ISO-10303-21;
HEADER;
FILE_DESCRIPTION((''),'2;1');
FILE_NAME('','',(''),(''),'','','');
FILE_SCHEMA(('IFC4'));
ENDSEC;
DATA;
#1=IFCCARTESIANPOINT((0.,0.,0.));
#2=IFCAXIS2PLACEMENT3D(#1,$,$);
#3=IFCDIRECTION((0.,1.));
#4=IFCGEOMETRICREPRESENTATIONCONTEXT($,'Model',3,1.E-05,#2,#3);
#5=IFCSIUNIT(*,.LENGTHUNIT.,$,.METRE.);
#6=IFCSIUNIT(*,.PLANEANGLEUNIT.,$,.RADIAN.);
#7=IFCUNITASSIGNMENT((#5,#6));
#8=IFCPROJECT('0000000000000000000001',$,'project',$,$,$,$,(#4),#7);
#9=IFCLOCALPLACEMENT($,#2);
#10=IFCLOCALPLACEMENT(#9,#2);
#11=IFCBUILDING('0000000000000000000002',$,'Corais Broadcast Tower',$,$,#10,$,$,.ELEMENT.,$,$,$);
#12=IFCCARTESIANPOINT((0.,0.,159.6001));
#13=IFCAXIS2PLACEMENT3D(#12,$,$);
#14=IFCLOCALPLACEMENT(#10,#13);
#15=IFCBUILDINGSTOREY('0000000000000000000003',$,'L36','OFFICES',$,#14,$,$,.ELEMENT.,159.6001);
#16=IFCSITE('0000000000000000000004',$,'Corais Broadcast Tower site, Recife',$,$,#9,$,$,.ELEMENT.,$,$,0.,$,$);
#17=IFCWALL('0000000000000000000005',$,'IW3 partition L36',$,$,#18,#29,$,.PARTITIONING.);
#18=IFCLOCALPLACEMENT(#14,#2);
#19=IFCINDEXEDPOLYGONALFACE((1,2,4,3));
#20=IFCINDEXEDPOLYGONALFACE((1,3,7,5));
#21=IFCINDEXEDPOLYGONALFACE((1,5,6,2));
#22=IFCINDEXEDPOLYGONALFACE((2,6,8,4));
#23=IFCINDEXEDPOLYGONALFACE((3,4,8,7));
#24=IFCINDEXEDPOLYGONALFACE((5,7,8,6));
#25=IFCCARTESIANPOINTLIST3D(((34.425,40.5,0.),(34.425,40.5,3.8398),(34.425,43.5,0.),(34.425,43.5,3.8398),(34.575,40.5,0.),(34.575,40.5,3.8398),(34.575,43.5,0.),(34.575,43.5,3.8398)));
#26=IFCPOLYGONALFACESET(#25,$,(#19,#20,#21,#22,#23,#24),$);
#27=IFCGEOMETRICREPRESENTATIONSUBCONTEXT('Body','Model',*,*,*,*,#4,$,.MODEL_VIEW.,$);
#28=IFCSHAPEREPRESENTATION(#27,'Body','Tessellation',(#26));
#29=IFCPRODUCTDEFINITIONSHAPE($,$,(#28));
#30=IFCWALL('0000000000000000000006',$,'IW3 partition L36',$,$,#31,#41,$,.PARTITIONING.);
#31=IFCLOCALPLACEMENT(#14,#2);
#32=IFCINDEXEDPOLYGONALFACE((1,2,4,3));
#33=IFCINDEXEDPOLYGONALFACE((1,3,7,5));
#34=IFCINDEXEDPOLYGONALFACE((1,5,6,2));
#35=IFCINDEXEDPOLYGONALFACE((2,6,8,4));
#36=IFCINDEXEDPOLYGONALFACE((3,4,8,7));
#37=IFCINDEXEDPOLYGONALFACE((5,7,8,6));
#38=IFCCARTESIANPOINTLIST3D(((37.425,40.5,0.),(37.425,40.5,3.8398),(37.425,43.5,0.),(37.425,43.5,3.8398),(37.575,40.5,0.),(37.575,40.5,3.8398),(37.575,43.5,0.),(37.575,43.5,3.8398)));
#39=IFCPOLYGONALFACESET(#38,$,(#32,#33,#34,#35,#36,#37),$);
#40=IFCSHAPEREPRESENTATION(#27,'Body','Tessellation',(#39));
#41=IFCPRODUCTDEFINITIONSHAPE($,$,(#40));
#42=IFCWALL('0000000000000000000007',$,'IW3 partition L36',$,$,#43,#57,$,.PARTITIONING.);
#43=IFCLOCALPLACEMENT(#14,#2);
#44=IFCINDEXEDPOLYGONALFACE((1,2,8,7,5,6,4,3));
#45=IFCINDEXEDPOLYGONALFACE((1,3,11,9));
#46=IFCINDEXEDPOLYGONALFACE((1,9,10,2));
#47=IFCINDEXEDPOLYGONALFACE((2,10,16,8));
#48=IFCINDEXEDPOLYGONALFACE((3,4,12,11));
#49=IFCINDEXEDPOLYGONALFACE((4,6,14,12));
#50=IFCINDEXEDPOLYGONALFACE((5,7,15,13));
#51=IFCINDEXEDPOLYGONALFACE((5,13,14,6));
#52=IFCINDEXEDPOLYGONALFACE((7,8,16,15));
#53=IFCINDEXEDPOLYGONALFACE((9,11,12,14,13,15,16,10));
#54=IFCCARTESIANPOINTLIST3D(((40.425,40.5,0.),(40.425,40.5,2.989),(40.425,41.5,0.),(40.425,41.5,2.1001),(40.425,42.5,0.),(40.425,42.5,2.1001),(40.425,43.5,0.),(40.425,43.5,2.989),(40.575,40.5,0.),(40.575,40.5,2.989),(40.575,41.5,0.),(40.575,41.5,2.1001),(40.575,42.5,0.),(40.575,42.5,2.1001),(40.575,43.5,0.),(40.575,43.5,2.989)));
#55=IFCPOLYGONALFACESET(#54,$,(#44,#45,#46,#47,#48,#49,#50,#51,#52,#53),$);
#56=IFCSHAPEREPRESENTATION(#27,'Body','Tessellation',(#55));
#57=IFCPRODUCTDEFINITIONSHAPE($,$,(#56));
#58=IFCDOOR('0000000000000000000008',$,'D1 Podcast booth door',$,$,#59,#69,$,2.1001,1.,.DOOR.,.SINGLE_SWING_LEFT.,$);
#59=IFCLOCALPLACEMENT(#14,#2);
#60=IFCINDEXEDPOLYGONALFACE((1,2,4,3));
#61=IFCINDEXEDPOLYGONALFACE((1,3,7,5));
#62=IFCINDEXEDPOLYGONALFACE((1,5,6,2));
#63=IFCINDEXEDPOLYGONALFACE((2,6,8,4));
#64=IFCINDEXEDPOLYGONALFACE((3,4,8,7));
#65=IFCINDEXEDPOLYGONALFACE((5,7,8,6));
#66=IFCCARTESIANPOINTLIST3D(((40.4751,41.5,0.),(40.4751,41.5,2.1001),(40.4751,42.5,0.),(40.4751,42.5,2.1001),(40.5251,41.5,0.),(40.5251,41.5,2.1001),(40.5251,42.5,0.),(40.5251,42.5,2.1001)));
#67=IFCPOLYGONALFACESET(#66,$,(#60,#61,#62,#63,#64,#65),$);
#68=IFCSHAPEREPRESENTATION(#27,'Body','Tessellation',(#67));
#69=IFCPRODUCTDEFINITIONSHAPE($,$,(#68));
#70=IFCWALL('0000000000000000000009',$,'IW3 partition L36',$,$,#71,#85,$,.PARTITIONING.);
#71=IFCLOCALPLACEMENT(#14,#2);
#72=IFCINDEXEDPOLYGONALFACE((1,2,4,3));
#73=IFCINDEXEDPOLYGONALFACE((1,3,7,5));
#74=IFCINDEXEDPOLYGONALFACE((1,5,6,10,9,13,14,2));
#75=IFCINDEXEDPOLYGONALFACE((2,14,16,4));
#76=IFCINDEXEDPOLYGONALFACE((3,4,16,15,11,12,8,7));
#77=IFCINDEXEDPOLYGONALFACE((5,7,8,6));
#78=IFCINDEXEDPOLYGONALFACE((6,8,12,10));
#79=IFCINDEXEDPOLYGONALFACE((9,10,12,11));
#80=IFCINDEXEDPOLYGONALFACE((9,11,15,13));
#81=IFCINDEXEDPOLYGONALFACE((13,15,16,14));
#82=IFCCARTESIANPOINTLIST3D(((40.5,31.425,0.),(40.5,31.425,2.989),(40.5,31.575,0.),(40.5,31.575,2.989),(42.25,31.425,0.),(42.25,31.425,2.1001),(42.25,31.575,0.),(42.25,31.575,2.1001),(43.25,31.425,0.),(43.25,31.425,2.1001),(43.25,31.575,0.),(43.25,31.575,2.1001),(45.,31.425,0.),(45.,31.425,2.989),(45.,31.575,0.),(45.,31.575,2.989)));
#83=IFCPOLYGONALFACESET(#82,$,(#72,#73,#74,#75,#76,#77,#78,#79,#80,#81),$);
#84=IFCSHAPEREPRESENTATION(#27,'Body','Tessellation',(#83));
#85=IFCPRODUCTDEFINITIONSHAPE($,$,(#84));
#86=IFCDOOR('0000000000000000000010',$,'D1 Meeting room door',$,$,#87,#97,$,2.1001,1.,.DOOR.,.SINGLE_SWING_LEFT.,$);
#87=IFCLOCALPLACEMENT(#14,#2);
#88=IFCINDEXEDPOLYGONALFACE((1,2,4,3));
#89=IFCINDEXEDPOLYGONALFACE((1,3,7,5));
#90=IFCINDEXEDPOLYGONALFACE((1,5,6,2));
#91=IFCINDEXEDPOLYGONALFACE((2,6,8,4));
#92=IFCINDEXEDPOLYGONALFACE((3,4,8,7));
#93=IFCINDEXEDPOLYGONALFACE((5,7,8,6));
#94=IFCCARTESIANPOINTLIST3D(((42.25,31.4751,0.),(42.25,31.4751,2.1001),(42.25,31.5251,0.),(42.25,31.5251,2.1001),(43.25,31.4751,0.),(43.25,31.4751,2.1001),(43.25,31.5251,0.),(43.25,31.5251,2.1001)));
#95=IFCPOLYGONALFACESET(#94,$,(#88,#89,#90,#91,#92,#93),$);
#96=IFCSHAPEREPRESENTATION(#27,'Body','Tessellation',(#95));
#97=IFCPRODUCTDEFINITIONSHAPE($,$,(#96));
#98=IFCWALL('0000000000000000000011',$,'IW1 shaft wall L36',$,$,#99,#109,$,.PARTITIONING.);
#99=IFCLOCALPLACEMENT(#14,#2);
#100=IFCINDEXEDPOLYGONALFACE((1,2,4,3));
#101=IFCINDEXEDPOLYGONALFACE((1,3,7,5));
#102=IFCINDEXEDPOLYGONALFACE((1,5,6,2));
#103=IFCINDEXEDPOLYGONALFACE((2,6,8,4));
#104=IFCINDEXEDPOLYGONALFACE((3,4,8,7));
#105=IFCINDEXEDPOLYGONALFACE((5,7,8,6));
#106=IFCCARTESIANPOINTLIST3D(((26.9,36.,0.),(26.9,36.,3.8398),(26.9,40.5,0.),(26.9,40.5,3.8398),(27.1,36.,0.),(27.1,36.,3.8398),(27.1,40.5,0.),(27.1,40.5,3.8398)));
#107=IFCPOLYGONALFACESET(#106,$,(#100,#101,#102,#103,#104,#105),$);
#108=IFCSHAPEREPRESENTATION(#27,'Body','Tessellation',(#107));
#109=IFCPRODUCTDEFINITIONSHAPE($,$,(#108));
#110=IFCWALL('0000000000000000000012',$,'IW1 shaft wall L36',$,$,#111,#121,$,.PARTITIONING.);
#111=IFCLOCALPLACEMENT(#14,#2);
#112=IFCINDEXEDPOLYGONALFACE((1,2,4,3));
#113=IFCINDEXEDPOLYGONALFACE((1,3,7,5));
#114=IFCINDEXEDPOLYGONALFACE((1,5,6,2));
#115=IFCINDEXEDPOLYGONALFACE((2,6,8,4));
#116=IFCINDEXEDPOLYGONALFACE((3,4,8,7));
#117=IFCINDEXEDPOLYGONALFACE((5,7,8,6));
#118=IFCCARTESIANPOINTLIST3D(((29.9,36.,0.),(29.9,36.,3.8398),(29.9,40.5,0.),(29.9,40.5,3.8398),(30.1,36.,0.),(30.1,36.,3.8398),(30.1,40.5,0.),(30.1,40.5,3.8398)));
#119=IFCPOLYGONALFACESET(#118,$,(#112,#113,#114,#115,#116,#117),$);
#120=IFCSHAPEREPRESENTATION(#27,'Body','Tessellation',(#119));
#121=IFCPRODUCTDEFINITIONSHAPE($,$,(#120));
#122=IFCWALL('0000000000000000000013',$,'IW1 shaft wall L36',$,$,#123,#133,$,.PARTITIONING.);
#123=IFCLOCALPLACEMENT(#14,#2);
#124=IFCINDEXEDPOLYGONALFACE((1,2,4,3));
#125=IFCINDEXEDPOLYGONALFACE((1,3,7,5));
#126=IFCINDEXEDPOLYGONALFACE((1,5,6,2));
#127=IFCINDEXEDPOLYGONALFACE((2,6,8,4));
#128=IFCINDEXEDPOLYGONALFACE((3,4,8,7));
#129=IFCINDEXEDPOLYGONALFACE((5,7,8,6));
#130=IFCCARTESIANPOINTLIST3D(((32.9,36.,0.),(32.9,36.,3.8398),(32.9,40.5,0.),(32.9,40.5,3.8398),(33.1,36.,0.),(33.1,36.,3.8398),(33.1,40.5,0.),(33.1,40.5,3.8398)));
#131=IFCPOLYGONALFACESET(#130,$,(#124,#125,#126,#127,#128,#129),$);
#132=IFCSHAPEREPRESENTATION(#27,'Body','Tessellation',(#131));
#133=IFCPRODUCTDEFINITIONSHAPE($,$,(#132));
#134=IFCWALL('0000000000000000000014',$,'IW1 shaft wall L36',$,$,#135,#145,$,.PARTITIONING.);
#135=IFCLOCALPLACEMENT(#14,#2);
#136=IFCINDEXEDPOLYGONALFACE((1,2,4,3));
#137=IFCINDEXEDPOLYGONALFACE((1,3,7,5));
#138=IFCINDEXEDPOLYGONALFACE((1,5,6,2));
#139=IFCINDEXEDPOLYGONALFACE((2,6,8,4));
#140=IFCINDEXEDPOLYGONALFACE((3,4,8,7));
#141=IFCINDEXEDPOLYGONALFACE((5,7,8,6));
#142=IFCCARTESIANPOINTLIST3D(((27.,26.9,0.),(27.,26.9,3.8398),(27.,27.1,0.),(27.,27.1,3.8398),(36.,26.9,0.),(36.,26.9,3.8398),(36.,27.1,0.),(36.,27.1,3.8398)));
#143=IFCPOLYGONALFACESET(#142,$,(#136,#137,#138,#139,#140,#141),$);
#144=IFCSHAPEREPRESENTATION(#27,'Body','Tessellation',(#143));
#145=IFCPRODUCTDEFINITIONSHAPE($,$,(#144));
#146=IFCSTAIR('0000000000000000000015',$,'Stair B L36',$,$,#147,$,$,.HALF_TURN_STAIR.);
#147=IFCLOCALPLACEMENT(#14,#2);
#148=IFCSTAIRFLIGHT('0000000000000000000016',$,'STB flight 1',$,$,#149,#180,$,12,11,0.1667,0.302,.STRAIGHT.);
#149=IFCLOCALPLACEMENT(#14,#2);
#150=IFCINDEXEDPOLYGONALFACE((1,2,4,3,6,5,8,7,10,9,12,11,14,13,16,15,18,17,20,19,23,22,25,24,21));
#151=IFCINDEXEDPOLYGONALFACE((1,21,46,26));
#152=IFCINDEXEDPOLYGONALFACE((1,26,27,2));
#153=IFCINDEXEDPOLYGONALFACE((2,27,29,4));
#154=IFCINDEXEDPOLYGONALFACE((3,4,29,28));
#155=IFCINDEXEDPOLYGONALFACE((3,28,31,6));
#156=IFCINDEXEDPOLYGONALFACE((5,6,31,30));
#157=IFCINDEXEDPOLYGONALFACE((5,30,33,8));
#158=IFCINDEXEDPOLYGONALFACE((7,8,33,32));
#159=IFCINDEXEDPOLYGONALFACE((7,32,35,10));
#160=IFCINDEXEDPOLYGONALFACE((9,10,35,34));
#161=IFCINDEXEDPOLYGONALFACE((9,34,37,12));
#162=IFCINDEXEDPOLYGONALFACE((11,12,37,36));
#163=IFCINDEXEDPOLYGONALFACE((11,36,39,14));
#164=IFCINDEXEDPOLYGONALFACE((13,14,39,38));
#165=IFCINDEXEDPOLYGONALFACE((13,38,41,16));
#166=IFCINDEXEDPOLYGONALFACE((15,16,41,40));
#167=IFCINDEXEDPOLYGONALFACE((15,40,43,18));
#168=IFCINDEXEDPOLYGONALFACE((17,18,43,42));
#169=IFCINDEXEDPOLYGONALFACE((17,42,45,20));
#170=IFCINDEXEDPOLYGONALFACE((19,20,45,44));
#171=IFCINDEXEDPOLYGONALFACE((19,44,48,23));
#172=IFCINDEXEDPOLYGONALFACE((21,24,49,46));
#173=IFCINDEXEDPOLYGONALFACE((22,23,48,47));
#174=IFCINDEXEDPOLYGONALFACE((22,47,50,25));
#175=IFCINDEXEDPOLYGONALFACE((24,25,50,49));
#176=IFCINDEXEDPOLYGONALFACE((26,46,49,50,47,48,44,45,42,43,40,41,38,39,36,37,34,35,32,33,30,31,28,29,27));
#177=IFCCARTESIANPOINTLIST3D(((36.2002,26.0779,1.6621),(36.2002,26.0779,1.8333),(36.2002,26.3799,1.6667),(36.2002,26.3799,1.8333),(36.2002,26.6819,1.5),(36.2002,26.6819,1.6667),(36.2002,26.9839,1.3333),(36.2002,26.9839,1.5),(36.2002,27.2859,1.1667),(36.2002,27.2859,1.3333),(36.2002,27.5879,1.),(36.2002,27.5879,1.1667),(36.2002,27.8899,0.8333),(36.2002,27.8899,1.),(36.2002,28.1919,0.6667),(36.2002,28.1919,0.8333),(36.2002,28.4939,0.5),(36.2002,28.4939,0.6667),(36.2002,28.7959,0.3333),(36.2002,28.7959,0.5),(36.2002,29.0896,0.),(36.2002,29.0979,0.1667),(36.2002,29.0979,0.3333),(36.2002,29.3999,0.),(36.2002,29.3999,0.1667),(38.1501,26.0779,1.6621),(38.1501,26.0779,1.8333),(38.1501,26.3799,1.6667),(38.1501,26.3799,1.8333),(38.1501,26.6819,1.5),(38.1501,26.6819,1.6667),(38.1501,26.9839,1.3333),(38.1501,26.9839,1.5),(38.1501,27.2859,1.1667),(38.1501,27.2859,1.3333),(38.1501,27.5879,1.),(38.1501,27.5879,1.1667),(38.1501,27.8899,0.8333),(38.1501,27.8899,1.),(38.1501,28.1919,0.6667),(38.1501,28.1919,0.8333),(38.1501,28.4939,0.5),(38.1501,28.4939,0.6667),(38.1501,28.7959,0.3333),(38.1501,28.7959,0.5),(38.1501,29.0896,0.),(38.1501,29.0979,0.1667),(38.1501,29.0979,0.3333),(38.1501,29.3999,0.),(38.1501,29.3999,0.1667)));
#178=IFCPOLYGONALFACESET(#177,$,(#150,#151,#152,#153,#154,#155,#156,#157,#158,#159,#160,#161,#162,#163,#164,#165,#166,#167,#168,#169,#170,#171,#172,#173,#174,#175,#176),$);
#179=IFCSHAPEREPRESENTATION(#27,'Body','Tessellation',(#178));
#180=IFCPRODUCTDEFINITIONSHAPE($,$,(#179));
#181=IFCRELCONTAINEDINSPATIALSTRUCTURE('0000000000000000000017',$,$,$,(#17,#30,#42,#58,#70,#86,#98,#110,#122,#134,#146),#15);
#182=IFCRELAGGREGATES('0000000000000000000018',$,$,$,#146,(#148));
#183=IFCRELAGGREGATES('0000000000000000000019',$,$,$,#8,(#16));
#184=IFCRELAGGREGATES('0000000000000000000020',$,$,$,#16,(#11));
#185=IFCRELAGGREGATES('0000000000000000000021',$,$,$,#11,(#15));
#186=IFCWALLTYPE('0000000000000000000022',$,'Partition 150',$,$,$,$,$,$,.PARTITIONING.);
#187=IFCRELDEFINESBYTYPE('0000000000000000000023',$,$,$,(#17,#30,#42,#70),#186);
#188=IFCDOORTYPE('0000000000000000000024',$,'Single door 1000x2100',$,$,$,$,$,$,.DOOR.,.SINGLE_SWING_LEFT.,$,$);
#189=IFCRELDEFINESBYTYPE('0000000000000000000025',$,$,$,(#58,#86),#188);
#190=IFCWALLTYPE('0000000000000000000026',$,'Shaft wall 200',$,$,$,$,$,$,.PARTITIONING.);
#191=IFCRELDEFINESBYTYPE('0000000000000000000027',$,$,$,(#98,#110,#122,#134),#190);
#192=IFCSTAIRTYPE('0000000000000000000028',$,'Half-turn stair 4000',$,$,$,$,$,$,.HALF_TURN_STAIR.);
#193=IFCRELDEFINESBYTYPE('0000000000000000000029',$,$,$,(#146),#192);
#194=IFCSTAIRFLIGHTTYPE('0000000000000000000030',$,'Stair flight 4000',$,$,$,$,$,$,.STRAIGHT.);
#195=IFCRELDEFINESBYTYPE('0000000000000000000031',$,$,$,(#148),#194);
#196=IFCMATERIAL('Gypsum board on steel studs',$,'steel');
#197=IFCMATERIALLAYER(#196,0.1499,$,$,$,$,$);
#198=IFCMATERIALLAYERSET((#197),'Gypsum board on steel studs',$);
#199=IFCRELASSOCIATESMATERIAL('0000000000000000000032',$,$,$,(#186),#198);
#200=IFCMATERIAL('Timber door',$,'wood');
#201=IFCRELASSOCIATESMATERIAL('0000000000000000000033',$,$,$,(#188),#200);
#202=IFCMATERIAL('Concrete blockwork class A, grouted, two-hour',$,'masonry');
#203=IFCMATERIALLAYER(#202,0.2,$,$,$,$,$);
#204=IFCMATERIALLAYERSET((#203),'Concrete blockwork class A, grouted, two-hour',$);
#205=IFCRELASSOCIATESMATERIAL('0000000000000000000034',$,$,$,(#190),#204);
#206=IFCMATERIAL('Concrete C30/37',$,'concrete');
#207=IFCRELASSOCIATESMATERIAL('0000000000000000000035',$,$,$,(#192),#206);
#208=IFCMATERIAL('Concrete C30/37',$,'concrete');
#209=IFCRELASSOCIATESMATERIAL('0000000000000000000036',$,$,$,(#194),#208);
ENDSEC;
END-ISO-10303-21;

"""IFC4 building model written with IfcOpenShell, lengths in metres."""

from ifc_helpers import new_model, si_unit, direction, frame, frame_2d, origin, place, context, subcontext, project, spatial, polyline, rectangle, outline, extrude, material, layer, layer_set, type_object, element, fill, aggregate, save


model = new_model("IFC4")

# Units and contexts
model_context = context("Model", 3, precision=1e-05, world=origin(), true_north=direction((0.0, 1.0)))
body_context = subcontext(model_context, "Body", "Model", "MODEL_VIEW")
ifc_project = project(units=[si_unit("LENGTHUNIT", "METRE"), si_unit("PLANEANGLEUNIT", "RADIAN")], contexts=[model_context])

# Site, building, storey
site_placement = place(None, origin())
site = spatial("IfcSite", under=ifc_project, at=site_placement, Name="Corais Broadcast Tower site, Recife", CompositionType="ELEMENT", RefElevation=0.0)
building_placement = place(site_placement, origin())
building = spatial("IfcBuilding", under=site, at=building_placement, Name="Corais Broadcast Tower", CompositionType="ELEMENT")
storey_placement = place(building_placement, frame((0.0, 0.0, 159.6001)))
storey = spatial("IfcBuildingStorey", under=building, at=storey_placement, Name="L36", Description="OFFICES", CompositionType="ELEMENT", Elevation=159.6001)

# Walls
ifc_material_1 = material(Name="Gypsum board on steel studs", Category="steel")
ifc_layer_1 = layer(ifc_material_1, 0.1499)
ifc_layer_set_1 = layer_set([ifc_layer_1], Name="Gypsum board on steel studs")
wall_type_1 = type_object("IfcWallType", Name="Partition 150", PredefinedType="PARTITIONING", material=ifc_layer_set_1)
for number, where, z_axis, x_axis, name in (
    (1, (34.5, 40.5, 0.0), (0.0, 0.0, 1.0), (0.0, 1.0, 0.0), "IW3 partition L36"),
    (2, (37.5, 40.5, 0.0), (0.0, 0.0, 1.0), (0.0, 1.0, 0.0), "IW3 partition L36"),
):
    element("IfcWall", number, at=place(storey_placement, frame(where, z_axis=z_axis, x_axis=x_axis)), inside=storey, type_object=wall_type_1, Name=name, PredefinedType="PARTITIONING", context=body_context, shape_type="SweptSolid", body=[
        extrude(rectangle(XDim=3.0, YDim=0.1499, at=frame_2d((1.5, 0.0))), origin(), (0.0, 0.0, 1.0), 3.8398),
    ])

# Walls, openings, doors
wall_1_placement = place(storey_placement, frame((40.5, 40.5, 0.0), z_axis=(0.0, 0.0, 1.0), x_axis=(0.0, 1.0, 0.0)))
wall_1 = element("IfcWall", 3, at=wall_1_placement, inside=storey, type_object=wall_type_1, Name="IW3 partition L36", PredefinedType="PARTITIONING", context=body_context, shape_type="SweptSolid", body=[
    extrude(rectangle(XDim=3.0, YDim=0.1499, at=frame_2d((1.5, 0.0))), origin(), (0.0, 0.0, 1.0), 2.989),
])
opening_1_placement = place(wall_1_placement, frame((1.0, 0.0, 0.0)))
opening_1 = element("IfcOpeningElement", 4, at=opening_1_placement, cuts=wall_1, PredefinedType="OPENING", context=body_context, shape_type="SweptSolid", body=[
    extrude(rectangle(XDim=1.0, YDim=2.1001, at=frame_2d((0.5, 1.05))), frame((0.0, 0.085, 0.0), z_axis=(0.0, -1.0, 0.0), x_axis=(1.0, 0.0, 0.0)), (0.0, 0.0, 1.0), 0.1699),
])
ifc_material_2 = material(Name="Timber door", Category="wood")
door_type = type_object("IfcDoorType", Name="Single door 1000x2100", OperationType="SINGLE_SWING_LEFT", PredefinedType="DOOR", material=ifc_material_2)
door_1_placement = place(opening_1_placement, origin())
door_1 = element("IfcDoor", 5, at=door_1_placement, inside=storey, type_object=door_type, Name="D1 Podcast booth door", OperationType="SINGLE_SWING_LEFT", OverallHeight=2.1001, OverallWidth=1.0, PredefinedType="DOOR", context=body_context, shape_type="SweptSolid", body=[
    extrude(rectangle(XDim=1.0, YDim=2.1001, at=frame_2d((0.5, 1.05))), frame((0.0, 0.0249, 0.0), z_axis=(0.0, -1.0, 0.0), x_axis=(1.0, 0.0, 0.0)), (0.0, 0.0, 1.0), 0.05),
])
fill(opening_1, door_1)
wall_2_placement = place(storey_placement, frame((45.0, 31.5, 0.0), z_axis=(0.0, 0.0, 1.0), x_axis=(-1.0, 0.0, 0.0)))
wall_2 = element("IfcWall", 6, at=wall_2_placement, inside=storey, type_object=wall_type_1, Name="IW3 partition L36", PredefinedType="PARTITIONING", context=body_context, shape_type="SweptSolid", body=[
    extrude(rectangle(XDim=4.5, YDim=0.1499, at=frame_2d((2.25, 0.0))), origin(), (0.0, 0.0, 1.0), 2.989),
])
opening_2_placement = place(wall_2_placement, frame((1.75, 0.0, 0.0)))
opening_2 = element("IfcOpeningElement", 7, at=opening_2_placement, cuts=wall_2, PredefinedType="OPENING", context=body_context, shape_type="SweptSolid", body=[
    extrude(rectangle(XDim=1.0, YDim=2.1001, at=frame_2d((0.5, 1.05))), frame((0.0, 0.085, 0.0), z_axis=(0.0, -1.0, 0.0), x_axis=(1.0, 0.0, 0.0)), (0.0, 0.0, 1.0), 0.1699),
])
door_2_placement = place(opening_2_placement, origin())
door_2 = element("IfcDoor", 8, at=door_2_placement, inside=storey, type_object=door_type, Name="D1 Meeting room door", OperationType="SINGLE_SWING_LEFT", OverallHeight=2.1001, OverallWidth=1.0, PredefinedType="DOOR", context=body_context, shape_type="SweptSolid", body=[
    extrude(rectangle(XDim=1.0, YDim=2.1001, at=frame_2d((0.5, 1.05))), frame((0.0, 0.0249, 0.0), z_axis=(0.0, -1.0, 0.0), x_axis=(1.0, 0.0, 0.0)), (0.0, 0.0, 1.0), 0.05),
])
fill(opening_2, door_2)

# Walls
ifc_material_3 = material(Name="Concrete blockwork class A, grouted, two-hour", Category="masonry")
ifc_layer_2 = layer(ifc_material_3, 0.2)
ifc_layer_set_2 = layer_set([ifc_layer_2], Name="Concrete blockwork class A, grouted, two-hour")
wall_type_2 = type_object("IfcWallType", Name="Shaft wall 200", PredefinedType="PARTITIONING", material=ifc_layer_set_2)
for number, where, z_axis, x_axis, name in (
    (9, (27.0, 36.0, 0.0), (0.0, 0.0, 1.0), (0.0, 1.0, 0.0), "IW1 shaft wall L36"),
    (10, (30.0, 36.0, 0.0), (0.0, 0.0, 1.0), (0.0, 1.0, 0.0), "IW1 shaft wall L36"),
    (11, (33.0, 36.0, 0.0), (0.0, 0.0, 1.0), (0.0, 1.0, 0.0), "IW1 shaft wall L36"),
):
    element("IfcWall", number, at=place(storey_placement, frame(where, z_axis=z_axis, x_axis=x_axis)), inside=storey, type_object=wall_type_2, Name=name, PredefinedType="PARTITIONING", context=body_context, shape_type="SweptSolid", body=[
        extrude(rectangle(XDim=4.5, YDim=0.2, at=frame_2d((2.25, 0.0))), origin(), (0.0, 0.0, 1.0), 3.8398),
    ])
wall_3_placement = place(storey_placement, frame((27.0, 27.0, 0.0), z_axis=(0.0, 0.0, 1.0), x_axis=(1.0, 0.0, 0.0)))
element("IfcWall", 12, at=wall_3_placement, inside=storey, type_object=wall_type_2, Name="IW1 shaft wall L36", PredefinedType="PARTITIONING", context=body_context, shape_type="SweptSolid", body=[
    extrude(rectangle(XDim=9.0, YDim=0.2, at=frame_2d((4.5, 0.0))), origin(), (0.0, 0.0, 1.0), 3.8398),
])

# Stair, stair flight
ifc_material_4 = material(Name="Concrete C30/37", Category="concrete")
stair_type = type_object("IfcStairType", Name="Half-turn stair 4000", PredefinedType="HALF_TURN_STAIR", material=ifc_material_4)
stair_placement = place(storey_placement, origin())
stair = element("IfcStair", 13, at=stair_placement, inside=storey, type_object=stair_type, Name="Stair B L36", PredefinedType="HALF_TURN_STAIR")
ifc_material_5 = material(Name="Concrete C30/37", Category="concrete")
stair_flight_type = type_object("IfcStairFlightType", Name="Stair flight 4000", PredefinedType="STRAIGHT", material=ifc_material_5)
stair_flight_placement = place(storey_placement, frame((37.175, 29.3999, 0.0), z_axis=(0.0, 0.0, 1.0), x_axis=(0.0, -1.0, 0.0)))
stair_flight = element("IfcStairFlight", 14, at=stair_flight_placement, type_object=stair_flight_type, Name="STB flight 1", NumberOfRisers=12, NumberOfTreads=11, PredefinedType="STRAIGHT", RiserHeight=0.1667, TreadLength=0.302, context=body_context, shape_type="SweptSolid", body=[
    extrude(outline(polyline([(0.0, 0.0), (0.0, 0.1667), (0.302, 0.1667), (0.302, 0.3333), (0.604, 0.3333), (0.604, 0.5), (0.906, 0.5), (0.906, 0.6667), (1.208, 0.6667), (1.208, 0.8333), (1.51, 0.8333), (1.51, 1.0), (1.812, 1.0), (1.812, 1.1667), (2.114, 1.1667), (2.114, 1.3333), (2.416, 1.3333), (2.416, 1.5), (2.718, 1.5), (2.718, 1.6667), (3.02, 1.6667), (3.02, 1.8333), (3.322, 1.8333), (3.322, 2.0), (3.322, 1.6621), (0.3103, 0.0), (0.0, 0.0)])), frame((0.0, 0.9751, 0.0), z_axis=(0.0, -1.0, 0.0), x_axis=(1.0, 0.0, 0.0)), (0.0, 0.0, 1.0), 1.95),
])
aggregate(stair, [stair_flight])

save(model, "model.ifc")
